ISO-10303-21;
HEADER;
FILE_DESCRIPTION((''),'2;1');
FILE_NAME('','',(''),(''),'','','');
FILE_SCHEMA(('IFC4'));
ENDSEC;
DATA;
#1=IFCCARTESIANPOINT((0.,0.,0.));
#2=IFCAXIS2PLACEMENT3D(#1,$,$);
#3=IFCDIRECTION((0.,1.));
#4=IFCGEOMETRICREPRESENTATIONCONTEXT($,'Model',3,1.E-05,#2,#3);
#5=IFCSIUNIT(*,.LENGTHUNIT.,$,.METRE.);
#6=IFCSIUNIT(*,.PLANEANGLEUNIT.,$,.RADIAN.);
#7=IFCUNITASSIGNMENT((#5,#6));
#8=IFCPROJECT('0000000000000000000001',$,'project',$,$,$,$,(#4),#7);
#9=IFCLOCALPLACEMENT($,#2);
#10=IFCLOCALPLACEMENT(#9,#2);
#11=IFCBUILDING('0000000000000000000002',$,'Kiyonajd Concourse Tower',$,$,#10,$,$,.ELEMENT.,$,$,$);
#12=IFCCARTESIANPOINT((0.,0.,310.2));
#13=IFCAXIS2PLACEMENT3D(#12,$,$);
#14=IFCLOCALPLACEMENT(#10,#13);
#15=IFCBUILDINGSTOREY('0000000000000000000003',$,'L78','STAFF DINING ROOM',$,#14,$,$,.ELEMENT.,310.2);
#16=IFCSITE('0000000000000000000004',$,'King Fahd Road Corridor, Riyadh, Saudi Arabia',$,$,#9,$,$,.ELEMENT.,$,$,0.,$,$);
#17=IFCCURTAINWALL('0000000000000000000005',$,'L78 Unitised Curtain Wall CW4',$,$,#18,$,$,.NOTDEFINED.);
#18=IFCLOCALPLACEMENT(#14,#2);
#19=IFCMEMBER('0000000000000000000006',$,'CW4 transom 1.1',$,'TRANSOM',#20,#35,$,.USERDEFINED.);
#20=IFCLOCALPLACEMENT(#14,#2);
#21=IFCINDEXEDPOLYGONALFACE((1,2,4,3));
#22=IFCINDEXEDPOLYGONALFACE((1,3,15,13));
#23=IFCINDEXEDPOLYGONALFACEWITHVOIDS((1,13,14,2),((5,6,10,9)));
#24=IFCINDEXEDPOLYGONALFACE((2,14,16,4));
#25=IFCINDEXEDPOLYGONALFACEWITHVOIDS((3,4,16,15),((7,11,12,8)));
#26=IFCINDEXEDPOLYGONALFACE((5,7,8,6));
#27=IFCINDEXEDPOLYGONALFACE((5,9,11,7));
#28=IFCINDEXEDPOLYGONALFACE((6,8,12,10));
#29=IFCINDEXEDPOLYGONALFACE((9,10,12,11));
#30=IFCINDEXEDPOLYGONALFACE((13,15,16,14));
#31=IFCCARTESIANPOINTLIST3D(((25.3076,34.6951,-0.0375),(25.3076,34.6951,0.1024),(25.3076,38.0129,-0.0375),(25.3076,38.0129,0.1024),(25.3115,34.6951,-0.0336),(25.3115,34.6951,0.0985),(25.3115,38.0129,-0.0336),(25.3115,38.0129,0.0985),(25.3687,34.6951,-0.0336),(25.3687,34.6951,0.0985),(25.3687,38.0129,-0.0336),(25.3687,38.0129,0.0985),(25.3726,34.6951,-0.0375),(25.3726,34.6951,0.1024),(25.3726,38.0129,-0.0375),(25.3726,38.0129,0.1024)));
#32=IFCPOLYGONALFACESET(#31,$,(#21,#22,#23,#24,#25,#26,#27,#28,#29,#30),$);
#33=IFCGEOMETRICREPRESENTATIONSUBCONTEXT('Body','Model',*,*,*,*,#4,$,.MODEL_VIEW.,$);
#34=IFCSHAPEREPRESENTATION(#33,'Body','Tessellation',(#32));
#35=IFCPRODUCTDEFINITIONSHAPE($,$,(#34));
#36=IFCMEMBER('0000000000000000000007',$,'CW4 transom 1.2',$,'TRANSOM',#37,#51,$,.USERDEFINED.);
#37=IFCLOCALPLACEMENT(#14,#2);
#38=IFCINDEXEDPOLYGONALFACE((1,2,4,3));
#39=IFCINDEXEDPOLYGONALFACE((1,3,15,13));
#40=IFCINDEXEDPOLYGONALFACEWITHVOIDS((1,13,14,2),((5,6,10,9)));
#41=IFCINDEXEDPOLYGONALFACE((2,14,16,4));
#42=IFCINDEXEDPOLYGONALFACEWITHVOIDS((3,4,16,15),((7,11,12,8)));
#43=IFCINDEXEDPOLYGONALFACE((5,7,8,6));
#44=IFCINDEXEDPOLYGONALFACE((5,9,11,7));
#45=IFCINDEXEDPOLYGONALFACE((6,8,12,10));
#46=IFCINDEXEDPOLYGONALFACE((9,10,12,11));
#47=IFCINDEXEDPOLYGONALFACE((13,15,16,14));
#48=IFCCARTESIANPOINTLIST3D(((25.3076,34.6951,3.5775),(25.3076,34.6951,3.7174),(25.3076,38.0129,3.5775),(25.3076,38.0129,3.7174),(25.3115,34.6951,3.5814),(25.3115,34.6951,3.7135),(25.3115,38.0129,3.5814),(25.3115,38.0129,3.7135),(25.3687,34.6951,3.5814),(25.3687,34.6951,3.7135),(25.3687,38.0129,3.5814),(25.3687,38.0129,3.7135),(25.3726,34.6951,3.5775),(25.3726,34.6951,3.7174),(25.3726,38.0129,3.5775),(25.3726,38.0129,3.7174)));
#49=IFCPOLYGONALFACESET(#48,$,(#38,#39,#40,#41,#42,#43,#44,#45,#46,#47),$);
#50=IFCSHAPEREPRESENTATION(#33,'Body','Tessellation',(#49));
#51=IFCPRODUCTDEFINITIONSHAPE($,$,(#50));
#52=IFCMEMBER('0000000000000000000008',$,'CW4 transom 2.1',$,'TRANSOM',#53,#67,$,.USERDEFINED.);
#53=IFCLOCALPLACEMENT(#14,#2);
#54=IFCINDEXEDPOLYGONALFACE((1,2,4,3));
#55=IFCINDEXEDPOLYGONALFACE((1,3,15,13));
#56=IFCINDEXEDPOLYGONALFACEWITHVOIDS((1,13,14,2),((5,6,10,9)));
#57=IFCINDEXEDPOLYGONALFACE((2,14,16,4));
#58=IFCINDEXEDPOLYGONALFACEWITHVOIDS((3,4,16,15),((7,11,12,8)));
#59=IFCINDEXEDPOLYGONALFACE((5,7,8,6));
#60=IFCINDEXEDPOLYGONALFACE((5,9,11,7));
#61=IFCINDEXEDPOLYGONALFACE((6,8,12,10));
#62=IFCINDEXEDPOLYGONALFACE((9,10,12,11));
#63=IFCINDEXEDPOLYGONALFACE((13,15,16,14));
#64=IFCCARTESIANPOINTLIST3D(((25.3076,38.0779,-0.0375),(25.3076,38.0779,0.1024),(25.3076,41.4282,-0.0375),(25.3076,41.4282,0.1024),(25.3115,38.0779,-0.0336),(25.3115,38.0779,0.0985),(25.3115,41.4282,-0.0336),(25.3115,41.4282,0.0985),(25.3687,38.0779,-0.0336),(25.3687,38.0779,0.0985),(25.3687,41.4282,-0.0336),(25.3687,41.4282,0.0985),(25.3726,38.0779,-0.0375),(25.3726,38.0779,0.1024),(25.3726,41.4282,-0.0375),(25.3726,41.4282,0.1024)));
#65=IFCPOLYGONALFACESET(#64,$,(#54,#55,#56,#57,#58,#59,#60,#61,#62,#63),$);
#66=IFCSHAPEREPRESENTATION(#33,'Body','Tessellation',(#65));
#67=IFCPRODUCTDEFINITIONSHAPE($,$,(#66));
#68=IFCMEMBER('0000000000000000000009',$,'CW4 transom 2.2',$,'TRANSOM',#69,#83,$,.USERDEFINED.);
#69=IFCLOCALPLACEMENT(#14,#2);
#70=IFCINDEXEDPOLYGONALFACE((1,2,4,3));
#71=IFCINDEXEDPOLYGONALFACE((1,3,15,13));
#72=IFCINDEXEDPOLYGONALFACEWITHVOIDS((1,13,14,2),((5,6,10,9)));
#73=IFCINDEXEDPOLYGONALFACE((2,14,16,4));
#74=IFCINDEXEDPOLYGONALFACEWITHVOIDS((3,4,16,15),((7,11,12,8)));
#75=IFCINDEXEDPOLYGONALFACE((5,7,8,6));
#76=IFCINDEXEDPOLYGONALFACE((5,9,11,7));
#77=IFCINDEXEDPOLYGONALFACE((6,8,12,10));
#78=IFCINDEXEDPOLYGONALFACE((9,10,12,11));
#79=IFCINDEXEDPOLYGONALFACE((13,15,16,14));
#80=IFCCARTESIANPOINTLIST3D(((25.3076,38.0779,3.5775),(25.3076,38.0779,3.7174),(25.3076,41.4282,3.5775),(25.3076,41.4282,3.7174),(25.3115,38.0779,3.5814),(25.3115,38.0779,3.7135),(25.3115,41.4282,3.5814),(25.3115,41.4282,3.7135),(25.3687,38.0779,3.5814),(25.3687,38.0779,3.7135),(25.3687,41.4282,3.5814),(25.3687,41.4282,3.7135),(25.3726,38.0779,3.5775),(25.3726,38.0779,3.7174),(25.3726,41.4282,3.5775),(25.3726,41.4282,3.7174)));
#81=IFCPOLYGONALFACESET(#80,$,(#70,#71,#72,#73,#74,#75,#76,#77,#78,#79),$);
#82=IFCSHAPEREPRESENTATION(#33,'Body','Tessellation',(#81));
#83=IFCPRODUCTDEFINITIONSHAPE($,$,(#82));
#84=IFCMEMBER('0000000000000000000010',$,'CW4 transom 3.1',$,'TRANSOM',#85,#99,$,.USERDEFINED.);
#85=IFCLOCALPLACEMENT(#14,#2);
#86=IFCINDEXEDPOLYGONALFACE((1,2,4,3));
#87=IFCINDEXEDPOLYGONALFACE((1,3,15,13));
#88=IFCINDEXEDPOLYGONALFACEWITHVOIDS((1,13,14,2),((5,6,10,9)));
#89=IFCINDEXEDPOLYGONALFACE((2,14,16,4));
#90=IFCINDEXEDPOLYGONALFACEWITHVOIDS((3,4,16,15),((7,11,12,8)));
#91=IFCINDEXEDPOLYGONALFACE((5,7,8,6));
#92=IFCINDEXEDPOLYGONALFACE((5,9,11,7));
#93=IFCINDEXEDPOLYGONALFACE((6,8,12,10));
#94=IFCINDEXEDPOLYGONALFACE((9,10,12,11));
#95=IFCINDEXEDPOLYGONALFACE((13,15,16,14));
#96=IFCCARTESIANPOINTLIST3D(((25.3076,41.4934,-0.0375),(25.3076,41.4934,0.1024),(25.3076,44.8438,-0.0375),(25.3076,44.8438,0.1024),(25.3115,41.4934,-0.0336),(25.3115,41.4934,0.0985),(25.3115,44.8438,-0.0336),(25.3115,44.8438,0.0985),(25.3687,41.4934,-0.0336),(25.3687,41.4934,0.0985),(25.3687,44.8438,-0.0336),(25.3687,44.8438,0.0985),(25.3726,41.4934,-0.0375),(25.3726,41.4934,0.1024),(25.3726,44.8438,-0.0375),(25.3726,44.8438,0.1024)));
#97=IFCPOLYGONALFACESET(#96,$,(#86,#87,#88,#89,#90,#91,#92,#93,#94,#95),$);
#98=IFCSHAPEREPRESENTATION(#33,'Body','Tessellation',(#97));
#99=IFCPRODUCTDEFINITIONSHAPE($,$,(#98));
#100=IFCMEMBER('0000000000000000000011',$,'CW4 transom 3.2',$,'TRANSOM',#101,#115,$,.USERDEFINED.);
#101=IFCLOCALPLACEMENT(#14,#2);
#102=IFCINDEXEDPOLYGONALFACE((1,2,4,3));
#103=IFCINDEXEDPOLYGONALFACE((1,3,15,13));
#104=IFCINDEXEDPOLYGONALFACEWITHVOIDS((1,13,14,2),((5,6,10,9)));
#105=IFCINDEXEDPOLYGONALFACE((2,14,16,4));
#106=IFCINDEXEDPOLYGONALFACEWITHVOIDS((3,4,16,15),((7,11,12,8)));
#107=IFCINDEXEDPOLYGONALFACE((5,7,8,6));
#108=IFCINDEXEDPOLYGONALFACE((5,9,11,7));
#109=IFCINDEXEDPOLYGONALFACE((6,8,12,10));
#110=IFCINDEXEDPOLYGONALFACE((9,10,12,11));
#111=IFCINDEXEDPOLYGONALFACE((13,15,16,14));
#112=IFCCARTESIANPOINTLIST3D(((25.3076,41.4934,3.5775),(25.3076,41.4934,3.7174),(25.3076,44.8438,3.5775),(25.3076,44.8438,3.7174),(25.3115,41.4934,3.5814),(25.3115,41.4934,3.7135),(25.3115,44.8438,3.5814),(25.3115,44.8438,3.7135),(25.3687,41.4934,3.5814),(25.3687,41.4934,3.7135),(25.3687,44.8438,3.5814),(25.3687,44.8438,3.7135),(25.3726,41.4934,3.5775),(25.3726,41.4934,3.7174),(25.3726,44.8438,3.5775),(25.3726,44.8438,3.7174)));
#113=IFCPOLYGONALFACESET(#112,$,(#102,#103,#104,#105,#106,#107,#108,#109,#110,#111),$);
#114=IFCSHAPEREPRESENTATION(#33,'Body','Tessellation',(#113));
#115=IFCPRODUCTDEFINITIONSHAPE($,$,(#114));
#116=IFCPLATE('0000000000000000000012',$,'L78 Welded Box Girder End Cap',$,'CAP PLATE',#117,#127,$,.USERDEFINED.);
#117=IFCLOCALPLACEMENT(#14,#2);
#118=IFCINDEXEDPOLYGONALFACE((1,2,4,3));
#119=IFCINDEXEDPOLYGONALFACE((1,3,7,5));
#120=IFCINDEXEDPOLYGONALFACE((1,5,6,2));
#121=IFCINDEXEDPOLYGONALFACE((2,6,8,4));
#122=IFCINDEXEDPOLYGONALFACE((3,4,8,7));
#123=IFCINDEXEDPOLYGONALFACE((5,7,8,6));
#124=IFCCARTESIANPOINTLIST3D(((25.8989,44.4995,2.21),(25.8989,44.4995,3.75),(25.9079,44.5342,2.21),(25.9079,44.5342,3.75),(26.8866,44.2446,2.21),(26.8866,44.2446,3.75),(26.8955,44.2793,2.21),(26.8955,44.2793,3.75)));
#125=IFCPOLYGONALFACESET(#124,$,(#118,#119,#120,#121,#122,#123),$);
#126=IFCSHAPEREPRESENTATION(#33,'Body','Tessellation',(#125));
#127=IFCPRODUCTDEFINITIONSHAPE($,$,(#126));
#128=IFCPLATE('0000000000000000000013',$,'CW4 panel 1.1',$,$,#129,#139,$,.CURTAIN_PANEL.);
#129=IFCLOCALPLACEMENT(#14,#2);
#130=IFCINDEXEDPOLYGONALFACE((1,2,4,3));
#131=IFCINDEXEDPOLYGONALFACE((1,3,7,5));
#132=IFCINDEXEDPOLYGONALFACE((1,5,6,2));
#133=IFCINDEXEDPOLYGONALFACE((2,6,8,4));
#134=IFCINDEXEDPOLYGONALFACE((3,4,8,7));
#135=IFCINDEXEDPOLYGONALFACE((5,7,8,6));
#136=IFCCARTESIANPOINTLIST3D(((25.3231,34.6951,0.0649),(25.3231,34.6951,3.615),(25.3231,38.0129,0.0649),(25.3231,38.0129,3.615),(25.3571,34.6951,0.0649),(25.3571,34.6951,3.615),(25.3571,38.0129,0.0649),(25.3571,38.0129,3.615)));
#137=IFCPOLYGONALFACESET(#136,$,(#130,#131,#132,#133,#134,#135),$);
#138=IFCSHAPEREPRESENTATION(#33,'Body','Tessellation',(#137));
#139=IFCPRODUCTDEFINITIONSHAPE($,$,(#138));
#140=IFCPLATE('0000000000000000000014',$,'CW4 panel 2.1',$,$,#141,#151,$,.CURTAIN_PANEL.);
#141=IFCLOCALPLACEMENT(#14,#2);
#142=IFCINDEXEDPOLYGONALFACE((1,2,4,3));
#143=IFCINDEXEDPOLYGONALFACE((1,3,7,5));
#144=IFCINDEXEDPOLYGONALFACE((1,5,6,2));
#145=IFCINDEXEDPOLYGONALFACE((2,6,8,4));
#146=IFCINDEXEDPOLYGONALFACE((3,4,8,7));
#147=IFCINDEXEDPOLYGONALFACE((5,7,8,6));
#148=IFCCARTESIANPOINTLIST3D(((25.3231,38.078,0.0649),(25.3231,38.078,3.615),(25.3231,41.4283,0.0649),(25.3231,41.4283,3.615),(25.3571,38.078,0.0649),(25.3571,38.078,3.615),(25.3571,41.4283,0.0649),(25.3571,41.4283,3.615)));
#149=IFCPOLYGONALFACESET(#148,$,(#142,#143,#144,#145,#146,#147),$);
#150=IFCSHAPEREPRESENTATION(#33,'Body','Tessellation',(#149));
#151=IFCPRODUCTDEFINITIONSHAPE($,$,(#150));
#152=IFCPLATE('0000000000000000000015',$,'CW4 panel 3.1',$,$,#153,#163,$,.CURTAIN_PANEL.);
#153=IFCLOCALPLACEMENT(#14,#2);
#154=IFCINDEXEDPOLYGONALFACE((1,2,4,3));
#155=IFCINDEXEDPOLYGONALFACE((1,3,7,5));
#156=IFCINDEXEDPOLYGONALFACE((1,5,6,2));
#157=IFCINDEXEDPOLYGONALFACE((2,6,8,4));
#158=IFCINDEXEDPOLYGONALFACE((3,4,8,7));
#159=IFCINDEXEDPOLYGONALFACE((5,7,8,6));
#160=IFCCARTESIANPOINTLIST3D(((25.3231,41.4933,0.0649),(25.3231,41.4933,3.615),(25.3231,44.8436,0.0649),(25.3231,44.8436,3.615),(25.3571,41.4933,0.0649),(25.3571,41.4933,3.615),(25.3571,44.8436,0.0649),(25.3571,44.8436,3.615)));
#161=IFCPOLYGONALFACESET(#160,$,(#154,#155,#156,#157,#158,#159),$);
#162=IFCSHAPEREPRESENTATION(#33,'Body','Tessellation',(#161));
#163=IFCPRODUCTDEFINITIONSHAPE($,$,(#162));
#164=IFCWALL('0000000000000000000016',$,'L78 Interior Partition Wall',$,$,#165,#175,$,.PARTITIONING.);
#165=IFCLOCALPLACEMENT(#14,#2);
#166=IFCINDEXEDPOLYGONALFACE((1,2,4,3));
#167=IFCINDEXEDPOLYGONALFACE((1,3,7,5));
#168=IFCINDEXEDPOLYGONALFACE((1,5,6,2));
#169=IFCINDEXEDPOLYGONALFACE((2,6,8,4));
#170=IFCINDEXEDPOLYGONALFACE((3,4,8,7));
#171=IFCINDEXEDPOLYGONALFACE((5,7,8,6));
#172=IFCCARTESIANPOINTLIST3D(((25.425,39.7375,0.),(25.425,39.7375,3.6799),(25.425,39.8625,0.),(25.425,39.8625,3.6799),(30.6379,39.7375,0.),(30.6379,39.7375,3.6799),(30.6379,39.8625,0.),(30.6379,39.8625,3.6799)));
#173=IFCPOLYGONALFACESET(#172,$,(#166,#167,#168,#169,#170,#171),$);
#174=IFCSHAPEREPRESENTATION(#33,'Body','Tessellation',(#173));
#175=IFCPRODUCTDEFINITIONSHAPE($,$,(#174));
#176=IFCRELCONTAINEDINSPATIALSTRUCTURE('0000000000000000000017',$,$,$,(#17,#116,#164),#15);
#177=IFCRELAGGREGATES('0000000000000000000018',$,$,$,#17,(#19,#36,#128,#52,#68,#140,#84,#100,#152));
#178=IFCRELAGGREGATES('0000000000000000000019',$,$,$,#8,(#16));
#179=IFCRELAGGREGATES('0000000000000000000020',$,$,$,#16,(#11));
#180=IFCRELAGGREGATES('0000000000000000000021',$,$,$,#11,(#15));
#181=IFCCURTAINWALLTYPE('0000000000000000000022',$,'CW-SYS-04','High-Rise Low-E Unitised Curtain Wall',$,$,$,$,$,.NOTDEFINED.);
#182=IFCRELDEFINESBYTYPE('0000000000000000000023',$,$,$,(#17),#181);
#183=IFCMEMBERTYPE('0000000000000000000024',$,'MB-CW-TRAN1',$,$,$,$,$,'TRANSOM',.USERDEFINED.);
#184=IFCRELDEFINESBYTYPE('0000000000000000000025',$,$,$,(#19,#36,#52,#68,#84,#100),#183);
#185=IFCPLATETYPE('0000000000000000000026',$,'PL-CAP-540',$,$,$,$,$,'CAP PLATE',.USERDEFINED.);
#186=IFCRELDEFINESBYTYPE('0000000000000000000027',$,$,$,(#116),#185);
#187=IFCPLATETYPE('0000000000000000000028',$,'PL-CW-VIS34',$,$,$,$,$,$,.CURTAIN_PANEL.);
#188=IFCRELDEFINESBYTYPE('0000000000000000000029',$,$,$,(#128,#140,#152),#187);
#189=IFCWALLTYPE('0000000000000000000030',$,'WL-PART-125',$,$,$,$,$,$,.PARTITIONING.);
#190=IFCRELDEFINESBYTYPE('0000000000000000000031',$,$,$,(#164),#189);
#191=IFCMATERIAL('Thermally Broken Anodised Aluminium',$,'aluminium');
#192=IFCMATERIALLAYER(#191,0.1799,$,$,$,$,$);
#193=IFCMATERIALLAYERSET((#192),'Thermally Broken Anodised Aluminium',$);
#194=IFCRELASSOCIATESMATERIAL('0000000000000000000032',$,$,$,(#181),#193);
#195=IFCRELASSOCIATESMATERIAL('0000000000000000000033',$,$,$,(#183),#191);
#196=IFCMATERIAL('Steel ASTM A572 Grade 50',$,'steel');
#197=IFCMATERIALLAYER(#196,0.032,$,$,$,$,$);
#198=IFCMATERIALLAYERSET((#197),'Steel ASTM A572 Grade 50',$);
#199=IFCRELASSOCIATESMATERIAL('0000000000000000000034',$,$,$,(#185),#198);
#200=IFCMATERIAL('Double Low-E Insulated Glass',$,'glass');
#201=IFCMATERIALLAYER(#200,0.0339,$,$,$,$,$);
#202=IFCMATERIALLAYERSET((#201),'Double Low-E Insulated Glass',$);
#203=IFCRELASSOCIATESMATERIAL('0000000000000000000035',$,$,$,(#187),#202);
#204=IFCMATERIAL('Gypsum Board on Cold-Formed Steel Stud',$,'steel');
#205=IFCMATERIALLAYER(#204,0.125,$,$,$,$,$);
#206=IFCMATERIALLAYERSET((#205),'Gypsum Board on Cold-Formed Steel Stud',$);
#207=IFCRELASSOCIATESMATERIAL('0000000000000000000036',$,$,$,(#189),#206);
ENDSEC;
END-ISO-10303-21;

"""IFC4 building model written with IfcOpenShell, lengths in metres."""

from ifc_helpers import new_model, si_unit, direction, frame, frame_2d, origin, origin_2d, place, context, subcontext, project, spatial, rectangle, hollow_rectangle, extrude, material, layer, layer_set, material_profile, profile_set, type_object, element, aggregate, save


model = new_model("IFC4")

# Units and contexts
model_context = context("Model", 3, precision=1e-05, world=origin(), true_north=direction((0.0, 1.0)))
body_context = subcontext(model_context, "Body", "Model", "MODEL_VIEW")
ifc_project = project(units=[si_unit("LENGTHUNIT", "METRE"), si_unit("PLANEANGLEUNIT", "RADIAN")], contexts=[model_context])

# Site, building, storey
site_placement = place(None, origin())
site = spatial("IfcSite", under=ifc_project, at=site_placement, Name="King Fahd Road Corridor, Riyadh, Saudi Arabia", CompositionType="ELEMENT", RefElevation=0.0)
building_placement = place(site_placement, origin())
building = spatial("IfcBuilding", under=site, at=building_placement, Name="Kiyonajd Concourse Tower", CompositionType="ELEMENT")
storey_placement = place(building_placement, frame((0.0, 0.0, 310.2)))
storey = spatial("IfcBuildingStorey", under=building, at=storey_placement, Name="L78", Description="STAFF DINING ROOM", CompositionType="ELEMENT", Elevation=310.2)

# Curtain wall, members
ifc_material_1 = material(Name="Thermally Broken Anodised Aluminium", Category="aluminium")
ifc_layer_1 = layer(ifc_material_1, 0.1799)
ifc_layer_set_1 = layer_set([ifc_layer_1], Name="Thermally Broken Anodised Aluminium")
curtain_wall_type = type_object("IfcCurtainWallType", Name="CW-SYS-04", Description="High-Rise Low-E Unitised Curtain Wall", PredefinedType="NOTDEFINED", material=ifc_layer_set_1)
curtain_wall_placement = place(storey_placement, origin())
curtain_wall = element("IfcCurtainWall", 1, at=curtain_wall_placement, inside=storey, type_object=curtain_wall_type, Name="L78 Unitised Curtain Wall CW4", PredefinedType="NOTDEFINED")
ifc_material_profile_1 = material_profile(ifc_material_1, hollow_rectangle(XDim=0.0649, YDim=0.1399, WallThickness=0.0039, at=origin_2d()), Name="TRAN-65x140")
ifc_profile_set_1 = profile_set([ifc_material_profile_1], Name="Thermally Broken Anodised Aluminium")
member_type_1 = type_object("IfcMemberType", Name="MB-CW-TRAN1", ElementType="TRANSOM", PredefinedType="USERDEFINED", material=ifc_profile_set_1)
member_1_placement = place(storey_placement, frame((25.3401, 34.6951, 0.0325), z_axis=(0.0, 1.0, 0.0), x_axis=(-1.0, 0.0, 0.0)))
member_1 = element("IfcMember", 2, at=member_1_placement, type_object=member_type_1, Name="CW4 transom 1.1", ObjectType="TRANSOM", PredefinedType="USERDEFINED", context=body_context, shape_type="SweptSolid", body=[
    extrude(hollow_rectangle(XDim=0.0649, YDim=0.1399, WallThickness=0.0039, at=origin_2d()), origin(), (0.0, 0.0, 1.0), 3.3179),
])
member_2_placement = place(storey_placement, frame((25.3401, 34.6951, 3.6475), z_axis=(0.0, 1.0, 0.0), x_axis=(-1.0, 0.0, 0.0)))
member_2 = element("IfcMember", 3, at=member_2_placement, type_object=member_type_1, Name="CW4 transom 1.2", ObjectType="TRANSOM", PredefinedType="USERDEFINED", context=body_context, shape_type="SweptSolid", body=[
    extrude(hollow_rectangle(XDim=0.0649, YDim=0.1399, WallThickness=0.0039, at=origin_2d()), origin(), (0.0, 0.0, 1.0), 3.3179),
])
member_3_placement = place(storey_placement, frame((25.3401, 38.0779, 0.0325), z_axis=(0.0, 1.0, 0.0), x_axis=(-1.0, 0.0, 0.0)))
member_3 = element("IfcMember", 4, at=member_3_placement, type_object=member_type_1, Name="CW4 transom 2.1", ObjectType="TRANSOM", PredefinedType="USERDEFINED", context=body_context, shape_type="SweptSolid", body=[
    extrude(hollow_rectangle(XDim=0.0649, YDim=0.1399, WallThickness=0.0039, at=origin_2d()), origin(), (0.0, 0.0, 1.0), 3.3503),
])
member_4_placement = place(storey_placement, frame((25.3401, 38.0779, 3.6475), z_axis=(0.0, 1.0, 0.0), x_axis=(-1.0, 0.0, 0.0)))
member_4 = element("IfcMember", 5, at=member_4_placement, type_object=member_type_1, Name="CW4 transom 2.2", ObjectType="TRANSOM", PredefinedType="USERDEFINED", context=body_context, shape_type="SweptSolid", body=[
    extrude(hollow_rectangle(XDim=0.0649, YDim=0.1399, WallThickness=0.0039, at=origin_2d()), origin(), (0.0, 0.0, 1.0), 3.3503),
])
member_5_placement = place(storey_placement, frame((25.3401, 41.4934, 0.0325), z_axis=(0.0, 1.0, 0.0), x_axis=(-1.0, 0.0, 0.0)))
member_5 = element("IfcMember", 6, at=member_5_placement, type_object=member_type_1, Name="CW4 transom 3.1", ObjectType="TRANSOM", PredefinedType="USERDEFINED", context=body_context, shape_type="SweptSolid", body=[
    extrude(hollow_rectangle(XDim=0.0649, YDim=0.1399, WallThickness=0.0039, at=origin_2d()), origin(), (0.0, 0.0, 1.0), 3.3503),
])
member_6_placement = place(storey_placement, frame((25.3401, 41.4934, 3.6475), z_axis=(0.0, 1.0, 0.0), x_axis=(-1.0, 0.0, 0.0)))
member_6 = element("IfcMember", 7, at=member_6_placement, type_object=member_type_1, Name="CW4 transom 3.2", ObjectType="TRANSOM", PredefinedType="USERDEFINED", context=body_context, shape_type="SweptSolid", body=[
    extrude(hollow_rectangle(XDim=0.0649, YDim=0.1399, WallThickness=0.0039, at=origin_2d()), origin(), (0.0, 0.0, 1.0), 3.3503),
])

# Plates
ifc_material_2 = material(Name="Steel ASTM A572 Grade 50", Category="steel")
ifc_layer_2 = layer(ifc_material_2, 0.032)
ifc_layer_set_2 = layer_set([ifc_layer_2], Name="Steel ASTM A572 Grade 50")
plate_type_1 = type_object("IfcPlateType", Name="PL-CAP-540", ElementType="CAP PLATE", PredefinedType="USERDEFINED", material=ifc_layer_set_2)
plate_1_placement = place(storey_placement, frame((26.3972, 44.3894, 2.21), z_axis=(0.0, 0.0, 1.0), x_axis=(-0.249873, -0.968279, 0.0)))
element("IfcPlate", 8, at=plate_1_placement, inside=storey, type_object=plate_type_1, Name="L78 Welded Box Girder End Cap", ObjectType="CAP PLATE", PredefinedType="USERDEFINED", context=body_context, shape_type="SweptSolid", body=[
    extrude(rectangle(XDim=0.0359, YDim=1.02, at=origin_2d()), origin(), (0.0, 0.0, 1.0), 1.54),
])
ifc_material_3 = material(Name="Double Low-E Insulated Glass", Category="glass")
ifc_layer_3 = layer(ifc_material_3, 0.0339)
ifc_layer_set_3 = layer_set([ifc_layer_3], Name="Double Low-E Insulated Glass")
plate_type_2 = type_object("IfcPlateType", Name="PL-CW-VIS34", PredefinedType="CURTAIN_PANEL", material=ifc_layer_set_3)
plate_2_placement = place(storey_placement, frame((25.3401, 36.354, 0.0649), z_axis=(0.0, 0.0, 1.0), x_axis=(0.0, 1.0, 0.0)))
plate_2 = element("IfcPlate", 9, at=plate_2_placement, type_object=plate_type_2, Name="CW4 panel 1.1", PredefinedType="CURTAIN_PANEL", context=body_context, shape_type="SweptSolid", body=[
    extrude(rectangle(XDim=3.3179, YDim=0.0339, at=origin_2d()), origin(), (0.0, 0.0, 1.0), 3.55),
])
plate_3_placement = place(storey_placement, frame((25.3401, 39.7532, 0.0649), z_axis=(0.0, 0.0, 1.0), x_axis=(0.0, 1.0, 0.0)))
plate_3 = element("IfcPlate", 10, at=plate_3_placement, type_object=plate_type_2, Name="CW4 panel 2.1", PredefinedType="CURTAIN_PANEL", context=body_context, shape_type="SweptSolid", body=[
    extrude(rectangle(XDim=3.3503, YDim=0.0339, at=origin_2d()), origin(), (0.0, 0.0, 1.0), 3.55),
])
plate_4_placement = place(storey_placement, frame((25.3401, 43.1685, 0.0649), z_axis=(0.0, 0.0, 1.0), x_axis=(0.0, 1.0, 0.0)))
plate_4 = element("IfcPlate", 11, at=plate_4_placement, type_object=plate_type_2, Name="CW4 panel 3.1", PredefinedType="CURTAIN_PANEL", context=body_context, shape_type="SweptSolid", body=[
    extrude(rectangle(XDim=3.3503, YDim=0.0339, at=origin_2d()), origin(), (0.0, 0.0, 1.0), 3.55),
])
aggregate(curtain_wall, [member_1, member_2, plate_2, member_3, member_4, plate_3, member_5, member_6, plate_4])

# Wall
ifc_material_4 = material(Name="Gypsum Board on Cold-Formed Steel Stud", Category="steel")
ifc_layer_4 = layer(ifc_material_4, 0.125)
ifc_layer_set_4 = layer_set([ifc_layer_4], Name="Gypsum Board on Cold-Formed Steel Stud")
wall_type = type_object("IfcWallType", Name="WL-PART-125", PredefinedType="PARTITIONING", material=ifc_layer_set_4)
wall_placement = place(storey_placement, frame((25.425, 39.8, 0.0), z_axis=(0.0, 0.0, 1.0), x_axis=(1.0, 0.0, 0.0)))
element("IfcWall", 12, at=wall_placement, inside=storey, type_object=wall_type, Name="L78 Interior Partition Wall", PredefinedType="PARTITIONING", context=body_context, shape_type="SweptSolid", body=[
    extrude(rectangle(XDim=5.2129, YDim=0.125, at=frame_2d((2.6064, 0.0))), origin(), (0.0, 0.0, 1.0), 3.6799),
])

save(model, "model.ifc")
